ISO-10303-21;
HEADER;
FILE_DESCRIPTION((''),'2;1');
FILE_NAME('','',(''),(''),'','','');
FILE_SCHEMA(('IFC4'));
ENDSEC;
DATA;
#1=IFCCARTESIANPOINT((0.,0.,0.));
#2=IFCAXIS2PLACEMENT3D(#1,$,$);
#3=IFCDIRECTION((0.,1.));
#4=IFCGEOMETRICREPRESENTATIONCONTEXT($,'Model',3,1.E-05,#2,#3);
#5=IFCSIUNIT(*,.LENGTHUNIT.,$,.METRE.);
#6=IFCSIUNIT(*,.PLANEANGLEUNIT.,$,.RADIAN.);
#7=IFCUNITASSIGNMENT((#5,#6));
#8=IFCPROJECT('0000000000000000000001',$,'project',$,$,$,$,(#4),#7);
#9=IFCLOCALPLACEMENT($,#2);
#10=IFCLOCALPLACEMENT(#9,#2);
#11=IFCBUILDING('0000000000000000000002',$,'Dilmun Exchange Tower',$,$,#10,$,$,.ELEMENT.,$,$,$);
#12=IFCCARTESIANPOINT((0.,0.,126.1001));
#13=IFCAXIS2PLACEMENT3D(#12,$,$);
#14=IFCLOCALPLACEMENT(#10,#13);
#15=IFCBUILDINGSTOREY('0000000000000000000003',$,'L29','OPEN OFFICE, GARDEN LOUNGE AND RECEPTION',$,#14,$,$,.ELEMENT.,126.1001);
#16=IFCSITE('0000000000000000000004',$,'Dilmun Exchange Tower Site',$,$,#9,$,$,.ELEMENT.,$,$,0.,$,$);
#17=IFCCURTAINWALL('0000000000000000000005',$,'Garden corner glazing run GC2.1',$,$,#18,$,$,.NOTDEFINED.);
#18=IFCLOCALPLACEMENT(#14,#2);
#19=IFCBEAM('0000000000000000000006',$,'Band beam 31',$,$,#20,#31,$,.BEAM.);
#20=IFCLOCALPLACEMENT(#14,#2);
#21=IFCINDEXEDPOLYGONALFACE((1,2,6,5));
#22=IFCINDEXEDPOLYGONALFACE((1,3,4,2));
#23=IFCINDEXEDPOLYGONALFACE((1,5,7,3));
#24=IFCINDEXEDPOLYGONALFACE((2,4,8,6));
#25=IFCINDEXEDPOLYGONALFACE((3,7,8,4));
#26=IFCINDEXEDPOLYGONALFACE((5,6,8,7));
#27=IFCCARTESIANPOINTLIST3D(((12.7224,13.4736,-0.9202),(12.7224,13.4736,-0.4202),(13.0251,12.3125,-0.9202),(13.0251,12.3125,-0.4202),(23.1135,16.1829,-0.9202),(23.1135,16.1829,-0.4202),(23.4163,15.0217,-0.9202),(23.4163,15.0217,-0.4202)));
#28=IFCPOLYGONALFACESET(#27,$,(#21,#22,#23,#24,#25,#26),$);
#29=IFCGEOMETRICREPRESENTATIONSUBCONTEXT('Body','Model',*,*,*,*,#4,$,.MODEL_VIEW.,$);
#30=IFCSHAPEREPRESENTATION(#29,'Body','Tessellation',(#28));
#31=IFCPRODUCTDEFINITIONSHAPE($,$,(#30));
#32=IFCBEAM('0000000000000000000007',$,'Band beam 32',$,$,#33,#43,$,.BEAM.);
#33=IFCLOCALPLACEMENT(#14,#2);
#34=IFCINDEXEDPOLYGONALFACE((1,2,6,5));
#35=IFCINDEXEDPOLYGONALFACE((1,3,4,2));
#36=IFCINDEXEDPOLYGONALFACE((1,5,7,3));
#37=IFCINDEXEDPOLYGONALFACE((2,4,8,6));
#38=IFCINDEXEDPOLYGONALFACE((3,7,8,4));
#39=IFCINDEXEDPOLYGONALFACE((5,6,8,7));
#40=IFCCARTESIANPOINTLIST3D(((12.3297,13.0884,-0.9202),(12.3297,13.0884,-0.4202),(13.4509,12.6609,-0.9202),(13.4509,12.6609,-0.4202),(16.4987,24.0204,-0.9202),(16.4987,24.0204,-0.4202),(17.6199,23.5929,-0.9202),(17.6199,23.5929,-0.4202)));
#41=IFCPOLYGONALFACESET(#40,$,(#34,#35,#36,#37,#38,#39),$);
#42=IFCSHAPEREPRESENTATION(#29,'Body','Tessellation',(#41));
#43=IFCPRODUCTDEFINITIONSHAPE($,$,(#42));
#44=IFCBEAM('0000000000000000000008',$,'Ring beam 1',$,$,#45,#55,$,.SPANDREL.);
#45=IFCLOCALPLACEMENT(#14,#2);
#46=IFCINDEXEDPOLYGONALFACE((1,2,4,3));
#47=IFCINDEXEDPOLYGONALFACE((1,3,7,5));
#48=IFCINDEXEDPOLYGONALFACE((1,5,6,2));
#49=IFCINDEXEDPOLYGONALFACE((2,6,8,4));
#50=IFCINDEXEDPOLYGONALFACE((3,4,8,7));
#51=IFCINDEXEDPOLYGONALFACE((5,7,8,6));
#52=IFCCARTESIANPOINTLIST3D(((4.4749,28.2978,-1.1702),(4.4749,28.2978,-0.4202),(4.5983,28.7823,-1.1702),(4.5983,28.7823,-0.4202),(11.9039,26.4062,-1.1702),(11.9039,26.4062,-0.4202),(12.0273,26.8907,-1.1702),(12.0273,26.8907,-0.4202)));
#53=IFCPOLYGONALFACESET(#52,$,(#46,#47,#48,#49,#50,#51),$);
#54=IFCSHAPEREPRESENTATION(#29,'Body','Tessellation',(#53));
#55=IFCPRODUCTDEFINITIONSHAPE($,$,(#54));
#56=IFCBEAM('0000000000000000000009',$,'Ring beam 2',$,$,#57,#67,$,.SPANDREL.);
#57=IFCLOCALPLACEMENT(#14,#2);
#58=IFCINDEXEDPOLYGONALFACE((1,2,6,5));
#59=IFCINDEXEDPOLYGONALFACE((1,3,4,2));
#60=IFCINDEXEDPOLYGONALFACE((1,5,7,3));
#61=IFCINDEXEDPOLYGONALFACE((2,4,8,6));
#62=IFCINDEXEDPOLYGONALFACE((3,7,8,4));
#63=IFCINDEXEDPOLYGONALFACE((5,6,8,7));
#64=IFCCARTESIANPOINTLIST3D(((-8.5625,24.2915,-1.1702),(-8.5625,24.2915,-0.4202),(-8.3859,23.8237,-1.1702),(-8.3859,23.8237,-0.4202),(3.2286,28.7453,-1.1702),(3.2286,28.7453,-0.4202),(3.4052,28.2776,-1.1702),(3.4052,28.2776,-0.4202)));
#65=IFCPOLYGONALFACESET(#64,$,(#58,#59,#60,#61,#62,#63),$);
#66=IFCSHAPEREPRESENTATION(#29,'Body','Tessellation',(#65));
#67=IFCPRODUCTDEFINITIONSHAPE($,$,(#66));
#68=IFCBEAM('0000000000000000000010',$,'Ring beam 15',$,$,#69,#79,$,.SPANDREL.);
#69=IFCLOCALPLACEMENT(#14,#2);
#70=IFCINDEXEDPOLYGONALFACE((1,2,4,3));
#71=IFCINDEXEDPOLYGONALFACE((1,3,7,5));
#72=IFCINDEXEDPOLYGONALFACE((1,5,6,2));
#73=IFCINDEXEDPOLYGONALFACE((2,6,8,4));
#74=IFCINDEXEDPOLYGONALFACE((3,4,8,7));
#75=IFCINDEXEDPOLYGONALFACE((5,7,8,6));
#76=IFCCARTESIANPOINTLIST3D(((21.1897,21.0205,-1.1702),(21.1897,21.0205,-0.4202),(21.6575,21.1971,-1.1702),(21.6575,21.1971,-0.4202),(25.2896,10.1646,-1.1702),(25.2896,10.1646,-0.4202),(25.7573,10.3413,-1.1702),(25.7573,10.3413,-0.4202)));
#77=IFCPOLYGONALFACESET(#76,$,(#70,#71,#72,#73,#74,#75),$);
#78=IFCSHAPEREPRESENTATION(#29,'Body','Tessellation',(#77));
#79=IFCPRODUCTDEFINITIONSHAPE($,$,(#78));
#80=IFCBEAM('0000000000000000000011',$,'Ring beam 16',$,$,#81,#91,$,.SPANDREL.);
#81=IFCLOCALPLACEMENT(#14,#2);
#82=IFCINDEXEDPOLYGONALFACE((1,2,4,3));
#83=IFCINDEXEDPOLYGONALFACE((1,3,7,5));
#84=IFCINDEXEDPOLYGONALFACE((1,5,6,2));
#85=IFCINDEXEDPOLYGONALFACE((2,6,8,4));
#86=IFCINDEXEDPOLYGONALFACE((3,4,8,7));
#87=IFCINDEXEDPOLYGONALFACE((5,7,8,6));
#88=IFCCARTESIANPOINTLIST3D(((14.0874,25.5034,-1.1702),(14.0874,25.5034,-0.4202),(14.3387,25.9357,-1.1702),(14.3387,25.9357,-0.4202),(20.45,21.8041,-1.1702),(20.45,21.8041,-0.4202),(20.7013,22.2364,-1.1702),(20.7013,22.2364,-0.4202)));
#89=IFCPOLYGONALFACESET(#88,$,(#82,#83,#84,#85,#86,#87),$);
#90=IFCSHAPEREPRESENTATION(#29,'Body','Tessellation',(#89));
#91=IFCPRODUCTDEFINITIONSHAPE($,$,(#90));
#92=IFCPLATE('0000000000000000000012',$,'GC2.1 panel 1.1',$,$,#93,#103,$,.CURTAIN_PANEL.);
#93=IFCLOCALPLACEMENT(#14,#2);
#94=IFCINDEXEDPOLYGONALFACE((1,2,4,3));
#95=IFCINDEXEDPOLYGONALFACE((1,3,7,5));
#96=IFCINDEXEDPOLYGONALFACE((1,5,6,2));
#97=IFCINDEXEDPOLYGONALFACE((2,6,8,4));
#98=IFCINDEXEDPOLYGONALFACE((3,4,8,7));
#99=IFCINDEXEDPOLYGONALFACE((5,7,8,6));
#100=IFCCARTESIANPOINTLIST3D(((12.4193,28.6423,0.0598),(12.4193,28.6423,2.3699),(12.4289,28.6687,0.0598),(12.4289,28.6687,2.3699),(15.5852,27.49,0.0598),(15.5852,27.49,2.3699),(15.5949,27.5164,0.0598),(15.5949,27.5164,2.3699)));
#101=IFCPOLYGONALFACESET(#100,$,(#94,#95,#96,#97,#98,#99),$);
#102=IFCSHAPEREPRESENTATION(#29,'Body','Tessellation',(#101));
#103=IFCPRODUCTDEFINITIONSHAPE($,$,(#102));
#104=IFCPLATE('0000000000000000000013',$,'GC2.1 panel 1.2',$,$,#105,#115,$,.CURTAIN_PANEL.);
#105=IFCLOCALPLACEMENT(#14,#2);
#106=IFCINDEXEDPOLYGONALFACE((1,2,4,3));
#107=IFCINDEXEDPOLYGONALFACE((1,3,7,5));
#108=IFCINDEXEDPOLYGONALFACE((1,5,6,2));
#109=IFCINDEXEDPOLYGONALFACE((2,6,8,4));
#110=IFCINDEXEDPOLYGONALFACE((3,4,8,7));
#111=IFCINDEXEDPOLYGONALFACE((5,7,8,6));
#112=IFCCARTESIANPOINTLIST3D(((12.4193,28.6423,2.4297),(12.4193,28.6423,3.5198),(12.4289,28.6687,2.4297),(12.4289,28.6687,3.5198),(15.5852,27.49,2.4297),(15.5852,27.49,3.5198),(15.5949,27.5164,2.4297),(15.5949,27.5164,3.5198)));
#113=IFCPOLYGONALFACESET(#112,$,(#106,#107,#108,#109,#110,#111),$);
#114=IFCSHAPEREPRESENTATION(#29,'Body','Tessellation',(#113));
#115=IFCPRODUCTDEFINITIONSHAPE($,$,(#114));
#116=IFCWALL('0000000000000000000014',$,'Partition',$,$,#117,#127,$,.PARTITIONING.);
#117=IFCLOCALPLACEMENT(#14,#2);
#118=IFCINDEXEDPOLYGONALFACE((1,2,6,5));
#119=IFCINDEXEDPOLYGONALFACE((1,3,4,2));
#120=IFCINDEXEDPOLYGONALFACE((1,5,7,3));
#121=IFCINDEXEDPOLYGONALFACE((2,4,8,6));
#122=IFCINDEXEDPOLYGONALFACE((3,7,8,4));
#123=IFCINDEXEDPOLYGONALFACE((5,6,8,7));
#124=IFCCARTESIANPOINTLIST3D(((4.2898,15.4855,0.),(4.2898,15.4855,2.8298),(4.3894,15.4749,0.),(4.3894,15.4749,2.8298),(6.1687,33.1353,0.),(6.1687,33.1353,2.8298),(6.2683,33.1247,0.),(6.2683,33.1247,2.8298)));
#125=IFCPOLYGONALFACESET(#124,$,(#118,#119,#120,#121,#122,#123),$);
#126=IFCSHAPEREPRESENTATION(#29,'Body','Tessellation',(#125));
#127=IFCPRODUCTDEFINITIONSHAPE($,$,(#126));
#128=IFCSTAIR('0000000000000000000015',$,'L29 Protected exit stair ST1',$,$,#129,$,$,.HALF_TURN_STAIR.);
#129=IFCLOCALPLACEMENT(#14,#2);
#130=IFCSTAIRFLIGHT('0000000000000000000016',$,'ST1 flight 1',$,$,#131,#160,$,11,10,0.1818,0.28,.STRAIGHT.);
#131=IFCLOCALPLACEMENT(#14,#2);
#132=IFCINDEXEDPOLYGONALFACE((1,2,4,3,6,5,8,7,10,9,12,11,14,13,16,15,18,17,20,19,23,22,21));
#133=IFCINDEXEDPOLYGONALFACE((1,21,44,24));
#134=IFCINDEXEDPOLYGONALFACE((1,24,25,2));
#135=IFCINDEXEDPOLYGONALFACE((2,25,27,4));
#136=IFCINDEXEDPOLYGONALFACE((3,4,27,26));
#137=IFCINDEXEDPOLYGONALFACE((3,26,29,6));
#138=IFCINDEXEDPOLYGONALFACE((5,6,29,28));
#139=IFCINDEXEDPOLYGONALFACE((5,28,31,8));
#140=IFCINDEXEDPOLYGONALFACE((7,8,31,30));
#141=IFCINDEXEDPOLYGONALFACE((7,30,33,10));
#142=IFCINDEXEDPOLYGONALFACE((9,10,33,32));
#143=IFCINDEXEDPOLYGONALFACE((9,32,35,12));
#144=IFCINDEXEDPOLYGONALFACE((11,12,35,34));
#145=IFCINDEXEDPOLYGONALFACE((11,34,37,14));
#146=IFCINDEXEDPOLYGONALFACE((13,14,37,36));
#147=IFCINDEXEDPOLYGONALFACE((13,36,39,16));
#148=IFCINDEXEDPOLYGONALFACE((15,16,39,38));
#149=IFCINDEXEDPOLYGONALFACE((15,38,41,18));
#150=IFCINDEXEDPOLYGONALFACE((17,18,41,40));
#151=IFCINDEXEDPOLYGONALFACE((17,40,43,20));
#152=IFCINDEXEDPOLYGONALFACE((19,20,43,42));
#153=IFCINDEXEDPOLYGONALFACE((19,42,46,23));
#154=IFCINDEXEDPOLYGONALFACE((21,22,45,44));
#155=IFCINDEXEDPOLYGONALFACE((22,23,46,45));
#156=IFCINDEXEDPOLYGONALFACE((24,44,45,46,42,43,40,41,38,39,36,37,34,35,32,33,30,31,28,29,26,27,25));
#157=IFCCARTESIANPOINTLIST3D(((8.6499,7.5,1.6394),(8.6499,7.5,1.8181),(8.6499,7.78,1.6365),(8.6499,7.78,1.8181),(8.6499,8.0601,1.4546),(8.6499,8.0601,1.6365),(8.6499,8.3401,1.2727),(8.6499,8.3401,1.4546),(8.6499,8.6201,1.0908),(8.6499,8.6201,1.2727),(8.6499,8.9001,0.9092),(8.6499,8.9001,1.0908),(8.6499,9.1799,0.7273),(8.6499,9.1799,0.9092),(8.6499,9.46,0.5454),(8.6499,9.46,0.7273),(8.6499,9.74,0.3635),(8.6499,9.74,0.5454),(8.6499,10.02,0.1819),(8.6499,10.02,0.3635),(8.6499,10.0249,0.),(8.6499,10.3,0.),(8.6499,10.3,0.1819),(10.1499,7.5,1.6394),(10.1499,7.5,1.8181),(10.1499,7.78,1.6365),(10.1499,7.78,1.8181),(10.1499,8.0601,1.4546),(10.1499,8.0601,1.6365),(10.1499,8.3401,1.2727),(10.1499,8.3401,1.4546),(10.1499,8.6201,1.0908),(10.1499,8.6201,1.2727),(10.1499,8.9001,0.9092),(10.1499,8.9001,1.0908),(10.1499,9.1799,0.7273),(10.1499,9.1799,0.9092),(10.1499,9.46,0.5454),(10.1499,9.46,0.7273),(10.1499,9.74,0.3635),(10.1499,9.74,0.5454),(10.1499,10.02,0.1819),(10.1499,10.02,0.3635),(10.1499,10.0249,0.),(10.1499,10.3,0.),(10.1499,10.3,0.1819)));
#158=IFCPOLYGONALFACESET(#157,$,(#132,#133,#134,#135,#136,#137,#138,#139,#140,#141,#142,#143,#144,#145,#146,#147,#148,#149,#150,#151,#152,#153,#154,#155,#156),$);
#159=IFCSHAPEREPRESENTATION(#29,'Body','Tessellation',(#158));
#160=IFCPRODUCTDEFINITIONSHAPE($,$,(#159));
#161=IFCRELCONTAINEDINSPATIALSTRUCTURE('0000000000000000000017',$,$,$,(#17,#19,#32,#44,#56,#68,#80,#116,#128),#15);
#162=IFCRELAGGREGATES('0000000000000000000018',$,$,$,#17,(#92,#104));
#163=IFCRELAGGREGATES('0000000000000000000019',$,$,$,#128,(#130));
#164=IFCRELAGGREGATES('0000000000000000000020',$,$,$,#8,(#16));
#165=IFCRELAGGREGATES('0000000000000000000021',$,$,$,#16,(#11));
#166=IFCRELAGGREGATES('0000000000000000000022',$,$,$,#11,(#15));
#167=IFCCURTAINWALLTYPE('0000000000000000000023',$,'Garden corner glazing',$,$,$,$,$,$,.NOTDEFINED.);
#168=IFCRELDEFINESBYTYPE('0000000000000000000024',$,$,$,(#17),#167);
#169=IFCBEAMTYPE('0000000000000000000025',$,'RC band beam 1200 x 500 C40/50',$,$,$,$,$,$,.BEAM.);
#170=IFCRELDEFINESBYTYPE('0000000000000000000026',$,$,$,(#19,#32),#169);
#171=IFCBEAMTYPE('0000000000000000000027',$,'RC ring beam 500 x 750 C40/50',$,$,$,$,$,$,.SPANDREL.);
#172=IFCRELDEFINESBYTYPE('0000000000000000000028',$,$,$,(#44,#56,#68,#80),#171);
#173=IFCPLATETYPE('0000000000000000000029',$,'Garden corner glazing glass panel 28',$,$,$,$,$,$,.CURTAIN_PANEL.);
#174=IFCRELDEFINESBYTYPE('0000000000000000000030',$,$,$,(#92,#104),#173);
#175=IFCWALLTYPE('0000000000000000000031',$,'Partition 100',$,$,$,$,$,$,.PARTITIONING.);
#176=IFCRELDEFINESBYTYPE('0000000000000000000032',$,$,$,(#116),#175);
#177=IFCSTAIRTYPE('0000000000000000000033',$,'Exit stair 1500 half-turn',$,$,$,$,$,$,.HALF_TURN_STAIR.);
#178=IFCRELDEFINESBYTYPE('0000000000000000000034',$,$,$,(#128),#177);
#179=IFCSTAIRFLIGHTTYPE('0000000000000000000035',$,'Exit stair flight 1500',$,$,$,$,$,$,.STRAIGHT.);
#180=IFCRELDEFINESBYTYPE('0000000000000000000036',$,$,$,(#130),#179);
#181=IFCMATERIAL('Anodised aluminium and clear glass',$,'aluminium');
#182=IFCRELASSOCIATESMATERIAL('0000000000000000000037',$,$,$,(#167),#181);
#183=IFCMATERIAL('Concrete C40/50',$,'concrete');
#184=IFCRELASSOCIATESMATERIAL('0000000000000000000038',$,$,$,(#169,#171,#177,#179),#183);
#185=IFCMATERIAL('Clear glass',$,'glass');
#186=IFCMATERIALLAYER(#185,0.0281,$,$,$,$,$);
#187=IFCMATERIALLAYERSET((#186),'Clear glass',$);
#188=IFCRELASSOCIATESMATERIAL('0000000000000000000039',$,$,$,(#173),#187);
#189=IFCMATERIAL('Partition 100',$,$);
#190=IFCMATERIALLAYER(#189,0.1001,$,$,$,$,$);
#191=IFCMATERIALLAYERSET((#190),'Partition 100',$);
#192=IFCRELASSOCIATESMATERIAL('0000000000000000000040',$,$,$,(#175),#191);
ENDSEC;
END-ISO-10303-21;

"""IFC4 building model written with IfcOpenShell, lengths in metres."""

from ifc_helpers import new_model, si_unit, direction, frame, frame_2d, origin, origin_2d, place, context, subcontext, project, spatial, polyline, rectangle, outline, extrude, material, layer, layer_set, material_profile, profile_set, type_object, element, aggregate, save


model = new_model("IFC4")

# Units and contexts
model_context = context("Model", 3, precision=1e-05, world=origin(), true_north=direction((0.0, 1.0)))
body_context = subcontext(model_context, "Body", "Model", "MODEL_VIEW")
ifc_project = project(units=[si_unit("LENGTHUNIT", "METRE"), si_unit("PLANEANGLEUNIT", "RADIAN")], contexts=[model_context])

# Site, building, storey
site_placement = place(None, origin())
site = spatial("IfcSite", under=ifc_project, at=site_placement, Name="Dilmun Exchange Tower Site", CompositionType="ELEMENT", RefElevation=0.0)
building_placement = place(site_placement, origin())
building = spatial("IfcBuilding", under=site, at=building_placement, Name="Dilmun Exchange Tower", CompositionType="ELEMENT")
storey_placement = place(building_placement, frame((0.0, 0.0, 126.1001)))
storey = spatial("IfcBuildingStorey", under=building, at=storey_placement, Name="L29", Description="OPEN OFFICE, GARDEN LOUNGE AND RECEPTION", CompositionType="ELEMENT", Elevation=126.1001)

# Shared definitions
ifc_material_1 = material(Name="Anodised aluminium and clear glass", Category="aluminium")
curtain_wall_type = type_object("IfcCurtainWallType", Name="Garden corner glazing", PredefinedType="NOTDEFINED", material=ifc_material_1)

# Curtain wall
curtain_wall_1_placement = place(storey_placement, origin())
curtain_wall_1 = element("IfcCurtainWall", 1, at=curtain_wall_1_placement, inside=storey, type_object=curtain_wall_type, Name="Garden corner glazing run GC2.1", PredefinedType="NOTDEFINED")

# Beams
ifc_material_2 = material(Name="Concrete C40/50", Category="concrete")
ifc_material_profile_1 = material_profile(ifc_material_2, rectangle(XDim=1.2, YDim=0.5, at=origin_2d()), Name="1200 x 500")
ifc_profile_set_1 = profile_set([ifc_material_profile_1], Name="Concrete C40/50")
beam_type_1 = type_object("IfcBeamType", Name="RC band beam 1200 x 500 C40/50", PredefinedType="BEAM", material=ifc_profile_set_1)
beam_1_placement = place(storey_placement, frame((23.2649, 15.6023, -0.6702), z_axis=(-0.967651, -0.252291, 0.0), x_axis=(0.252291, -0.967651, 0.0)))
element("IfcBeam", 2, at=beam_1_placement, inside=storey, type_object=beam_type_1, Name="Band beam 31", PredefinedType="BEAM", context=body_context, shape_type="SweptSolid", body=[
    extrude(rectangle(XDim=1.2, YDim=0.5, at=origin_2d()), origin(), (0.0, 0.0, 1.0), 10.7385),
])
beam_2_placement = place(storey_placement, frame((17.0593, 23.8066, -0.6702), z_axis=(-0.356325, -0.934362, 0.0), x_axis=(0.934362, -0.356325, 0.0)))
element("IfcBeam", 3, at=beam_2_placement, inside=storey, type_object=beam_type_1, Name="Band beam 32", PredefinedType="BEAM", context=body_context, shape_type="SweptSolid", body=[
    extrude(rectangle(XDim=1.2, YDim=0.5, at=origin_2d()), origin(), (0.0, 0.0, 1.0), 11.7),
])
ifc_material_profile_2 = material_profile(ifc_material_2, rectangle(XDim=0.5, YDim=0.75, at=origin_2d()), Name="500 x 750")
ifc_profile_set_2 = profile_set([ifc_material_profile_2], Name="Concrete C40/50")
beam_type_2 = type_object("IfcBeamType", Name="RC ring beam 500 x 750 C40/50", PredefinedType="SPANDREL", material=ifc_profile_set_2)
beam_3_placement = place(storey_placement, frame((11.9656, 26.6484, -0.7952), z_axis=(-0.969079, 0.246752, 0.0), x_axis=(-0.246752, -0.969079, 0.0)))
element("IfcBeam", 4, at=beam_3_placement, inside=storey, type_object=beam_type_2, Name="Ring beam 1", PredefinedType="SPANDREL", context=body_context, shape_type="SweptSolid", body=[
    extrude(rectangle(XDim=0.5, YDim=0.75, at=origin_2d()), origin(), (0.0, 0.0, 1.0), 7.666),
])
beam_4_placement = place(storey_placement, frame((3.3169, 28.5115, -0.7952), z_axis=(-0.935486, -0.353364, 0.0), x_axis=(0.353364, -0.935486, 0.0)))
element("IfcBeam", 5, at=beam_4_placement, inside=storey, type_object=beam_type_2, Name="Ring beam 2", PredefinedType="SPANDREL", context=body_context, shape_type="SweptSolid", body=[
    extrude(rectangle(XDim=0.5, YDim=0.75, at=origin_2d()), origin(), (0.0, 0.0, 1.0), 12.6042),
])
beam_5_placement = place(storey_placement, frame((25.5234, 10.2529, -0.7952), z_axis=(-0.353304, 0.935509, 0.0), x_axis=(-0.935509, -0.353304, 0.0)))
element("IfcBeam", 6, at=beam_5_placement, inside=storey, type_object=beam_type_2, Name="Ring beam 15", PredefinedType="SPANDREL", context=body_context, shape_type="SweptSolid", body=[
    extrude(rectangle(XDim=0.5, YDim=0.75, at=origin_2d()), origin(), (0.0, 0.0, 1.0), 11.6042),
])
beam_6_placement = place(storey_placement, frame((20.5757, 22.0203, -0.7952), z_axis=(-0.864503, 0.502627, 0.0), x_axis=(-0.502627, -0.864503, 0.0)))
element("IfcBeam", 7, at=beam_6_placement, inside=storey, type_object=beam_type_2, Name="Ring beam 16", PredefinedType="SPANDREL", context=body_context, shape_type="SweptSolid", body=[
    extrude(rectangle(XDim=0.5, YDim=0.75, at=origin_2d()), origin(), (0.0, 0.0, 1.0), 7.3599),
])

# Plates
ifc_material_3 = material(Name="Clear glass", Category="glass")
ifc_layer_1 = layer(ifc_material_3, 0.0281)
ifc_layer_set_1 = layer_set([ifc_layer_1], Name="Clear glass")
plate_type = type_object("IfcPlateType", Name="Garden corner glazing glass panel 28", PredefinedType="CURTAIN_PANEL", material=ifc_layer_set_1)
plate_1_placement = place(storey_placement, frame((14.0071, 28.0793, 0.0598), z_axis=(0.0, 0.0, 1.0), x_axis=(-0.939688, 0.342033, 0.0)))
plate_1 = element("IfcPlate", 8, at=plate_1_placement, type_object=plate_type, Name="GC2.1 panel 1.1", PredefinedType="CURTAIN_PANEL", context=body_context, shape_type="SweptSolid", body=[
    extrude(rectangle(XDim=3.3691, YDim=0.0281, at=origin_2d()), origin(), (0.0, 0.0, 1.0), 2.3101),
])
plate_2_placement = place(storey_placement, frame((14.0071, 28.0793, 2.4297), z_axis=(0.0, 0.0, 1.0), x_axis=(-0.939688, 0.342033, 0.0)))
plate_2 = element("IfcPlate", 9, at=plate_2_placement, type_object=plate_type, Name="GC2.1 panel 1.2", PredefinedType="CURTAIN_PANEL", context=body_context, shape_type="SweptSolid", body=[
    extrude(rectangle(XDim=3.3691, YDim=0.0281, at=origin_2d()), origin(), (0.0, 0.0, 1.0), 1.0901),
])
aggregate(curtain_wall_1, [plate_1, plate_2])

# Wall
ifc_material_4 = material(Name="Partition 100")
ifc_layer_2 = layer(ifc_material_4, 0.1001)
ifc_layer_set_2 = layer_set([ifc_layer_2], Name="Partition 100")
wall_type = type_object("IfcWallType", Name="Partition 100", PredefinedType="PARTITIONING", material=ifc_layer_set_2)
wall_placement = place(storey_placement, frame((4.3396, 15.4802, 0.0), z_axis=(0.0, 0.0, 1.0), x_axis=(0.105856, 0.994381, 0.0)))
element("IfcWall", 10, at=wall_placement, inside=storey, type_object=wall_type, Name="Partition", PredefinedType="PARTITIONING", context=body_context, shape_type="SweptSolid", body=[
    extrude(rectangle(XDim=17.7495, YDim=0.1001, at=frame_2d((8.8748, 0.0))), origin(), (0.0, 0.0, 1.0), 2.8298),
])

# Stair, stair flight
stair_type = type_object("IfcStairType", Name="Exit stair 1500 half-turn", PredefinedType="HALF_TURN_STAIR", material=ifc_material_2)
stair_placement = place(storey_placement, origin())
stair = element("IfcStair", 11, at=stair_placement, inside=storey, type_object=stair_type, Name="L29 Protected exit stair ST1", PredefinedType="HALF_TURN_STAIR")
stair_flight_type = type_object("IfcStairFlightType", Name="Exit stair flight 1500", PredefinedType="STRAIGHT", material=ifc_material_2)
stair_flight_placement = place(storey_placement, frame((9.3999, 10.3, 0.0), z_axis=(0.0, 0.0, 1.0), x_axis=(0.0, -1.0, 0.0)))
stair_flight = element("IfcStairFlight", 12, at=stair_flight_placement, type_object=stair_flight_type, Name="ST1 flight 1", NumberOfRisers=11, NumberOfTreads=10, PredefinedType="STRAIGHT", RiserHeight=0.1818, TreadLength=0.28, context=body_context, shape_type="SweptSolid", body=[
    extrude(outline(polyline([(0.0, 0.0), (0.0, 0.1819), (0.28, 0.1819), (0.28, 0.3635), (0.5601, 0.3635), (0.5601, 0.5454), (0.8401, 0.5454), (0.8401, 0.7273), (1.1201, 0.7273), (1.1201, 0.9092), (1.3999, 0.9092), (1.3999, 1.0908), (1.6799, 1.0908), (1.6799, 1.2727), (1.96, 1.2727), (1.96, 1.4546), (2.24, 1.4546), (2.24, 1.6365), (2.52, 1.6365), (2.52, 1.8181), (2.8, 1.8181), (2.8, 2.0), (2.8, 1.6394), (0.2751, 0.0), (0.0, 0.0)])), frame((0.0, 0.75, 0.0), z_axis=(0.0, -1.0, 0.0), x_axis=(1.0, 0.0, 0.0)), (0.0, 0.0, 1.0), 1.5),
])
aggregate(stair, [stair_flight])

save(model, "model.ifc")
